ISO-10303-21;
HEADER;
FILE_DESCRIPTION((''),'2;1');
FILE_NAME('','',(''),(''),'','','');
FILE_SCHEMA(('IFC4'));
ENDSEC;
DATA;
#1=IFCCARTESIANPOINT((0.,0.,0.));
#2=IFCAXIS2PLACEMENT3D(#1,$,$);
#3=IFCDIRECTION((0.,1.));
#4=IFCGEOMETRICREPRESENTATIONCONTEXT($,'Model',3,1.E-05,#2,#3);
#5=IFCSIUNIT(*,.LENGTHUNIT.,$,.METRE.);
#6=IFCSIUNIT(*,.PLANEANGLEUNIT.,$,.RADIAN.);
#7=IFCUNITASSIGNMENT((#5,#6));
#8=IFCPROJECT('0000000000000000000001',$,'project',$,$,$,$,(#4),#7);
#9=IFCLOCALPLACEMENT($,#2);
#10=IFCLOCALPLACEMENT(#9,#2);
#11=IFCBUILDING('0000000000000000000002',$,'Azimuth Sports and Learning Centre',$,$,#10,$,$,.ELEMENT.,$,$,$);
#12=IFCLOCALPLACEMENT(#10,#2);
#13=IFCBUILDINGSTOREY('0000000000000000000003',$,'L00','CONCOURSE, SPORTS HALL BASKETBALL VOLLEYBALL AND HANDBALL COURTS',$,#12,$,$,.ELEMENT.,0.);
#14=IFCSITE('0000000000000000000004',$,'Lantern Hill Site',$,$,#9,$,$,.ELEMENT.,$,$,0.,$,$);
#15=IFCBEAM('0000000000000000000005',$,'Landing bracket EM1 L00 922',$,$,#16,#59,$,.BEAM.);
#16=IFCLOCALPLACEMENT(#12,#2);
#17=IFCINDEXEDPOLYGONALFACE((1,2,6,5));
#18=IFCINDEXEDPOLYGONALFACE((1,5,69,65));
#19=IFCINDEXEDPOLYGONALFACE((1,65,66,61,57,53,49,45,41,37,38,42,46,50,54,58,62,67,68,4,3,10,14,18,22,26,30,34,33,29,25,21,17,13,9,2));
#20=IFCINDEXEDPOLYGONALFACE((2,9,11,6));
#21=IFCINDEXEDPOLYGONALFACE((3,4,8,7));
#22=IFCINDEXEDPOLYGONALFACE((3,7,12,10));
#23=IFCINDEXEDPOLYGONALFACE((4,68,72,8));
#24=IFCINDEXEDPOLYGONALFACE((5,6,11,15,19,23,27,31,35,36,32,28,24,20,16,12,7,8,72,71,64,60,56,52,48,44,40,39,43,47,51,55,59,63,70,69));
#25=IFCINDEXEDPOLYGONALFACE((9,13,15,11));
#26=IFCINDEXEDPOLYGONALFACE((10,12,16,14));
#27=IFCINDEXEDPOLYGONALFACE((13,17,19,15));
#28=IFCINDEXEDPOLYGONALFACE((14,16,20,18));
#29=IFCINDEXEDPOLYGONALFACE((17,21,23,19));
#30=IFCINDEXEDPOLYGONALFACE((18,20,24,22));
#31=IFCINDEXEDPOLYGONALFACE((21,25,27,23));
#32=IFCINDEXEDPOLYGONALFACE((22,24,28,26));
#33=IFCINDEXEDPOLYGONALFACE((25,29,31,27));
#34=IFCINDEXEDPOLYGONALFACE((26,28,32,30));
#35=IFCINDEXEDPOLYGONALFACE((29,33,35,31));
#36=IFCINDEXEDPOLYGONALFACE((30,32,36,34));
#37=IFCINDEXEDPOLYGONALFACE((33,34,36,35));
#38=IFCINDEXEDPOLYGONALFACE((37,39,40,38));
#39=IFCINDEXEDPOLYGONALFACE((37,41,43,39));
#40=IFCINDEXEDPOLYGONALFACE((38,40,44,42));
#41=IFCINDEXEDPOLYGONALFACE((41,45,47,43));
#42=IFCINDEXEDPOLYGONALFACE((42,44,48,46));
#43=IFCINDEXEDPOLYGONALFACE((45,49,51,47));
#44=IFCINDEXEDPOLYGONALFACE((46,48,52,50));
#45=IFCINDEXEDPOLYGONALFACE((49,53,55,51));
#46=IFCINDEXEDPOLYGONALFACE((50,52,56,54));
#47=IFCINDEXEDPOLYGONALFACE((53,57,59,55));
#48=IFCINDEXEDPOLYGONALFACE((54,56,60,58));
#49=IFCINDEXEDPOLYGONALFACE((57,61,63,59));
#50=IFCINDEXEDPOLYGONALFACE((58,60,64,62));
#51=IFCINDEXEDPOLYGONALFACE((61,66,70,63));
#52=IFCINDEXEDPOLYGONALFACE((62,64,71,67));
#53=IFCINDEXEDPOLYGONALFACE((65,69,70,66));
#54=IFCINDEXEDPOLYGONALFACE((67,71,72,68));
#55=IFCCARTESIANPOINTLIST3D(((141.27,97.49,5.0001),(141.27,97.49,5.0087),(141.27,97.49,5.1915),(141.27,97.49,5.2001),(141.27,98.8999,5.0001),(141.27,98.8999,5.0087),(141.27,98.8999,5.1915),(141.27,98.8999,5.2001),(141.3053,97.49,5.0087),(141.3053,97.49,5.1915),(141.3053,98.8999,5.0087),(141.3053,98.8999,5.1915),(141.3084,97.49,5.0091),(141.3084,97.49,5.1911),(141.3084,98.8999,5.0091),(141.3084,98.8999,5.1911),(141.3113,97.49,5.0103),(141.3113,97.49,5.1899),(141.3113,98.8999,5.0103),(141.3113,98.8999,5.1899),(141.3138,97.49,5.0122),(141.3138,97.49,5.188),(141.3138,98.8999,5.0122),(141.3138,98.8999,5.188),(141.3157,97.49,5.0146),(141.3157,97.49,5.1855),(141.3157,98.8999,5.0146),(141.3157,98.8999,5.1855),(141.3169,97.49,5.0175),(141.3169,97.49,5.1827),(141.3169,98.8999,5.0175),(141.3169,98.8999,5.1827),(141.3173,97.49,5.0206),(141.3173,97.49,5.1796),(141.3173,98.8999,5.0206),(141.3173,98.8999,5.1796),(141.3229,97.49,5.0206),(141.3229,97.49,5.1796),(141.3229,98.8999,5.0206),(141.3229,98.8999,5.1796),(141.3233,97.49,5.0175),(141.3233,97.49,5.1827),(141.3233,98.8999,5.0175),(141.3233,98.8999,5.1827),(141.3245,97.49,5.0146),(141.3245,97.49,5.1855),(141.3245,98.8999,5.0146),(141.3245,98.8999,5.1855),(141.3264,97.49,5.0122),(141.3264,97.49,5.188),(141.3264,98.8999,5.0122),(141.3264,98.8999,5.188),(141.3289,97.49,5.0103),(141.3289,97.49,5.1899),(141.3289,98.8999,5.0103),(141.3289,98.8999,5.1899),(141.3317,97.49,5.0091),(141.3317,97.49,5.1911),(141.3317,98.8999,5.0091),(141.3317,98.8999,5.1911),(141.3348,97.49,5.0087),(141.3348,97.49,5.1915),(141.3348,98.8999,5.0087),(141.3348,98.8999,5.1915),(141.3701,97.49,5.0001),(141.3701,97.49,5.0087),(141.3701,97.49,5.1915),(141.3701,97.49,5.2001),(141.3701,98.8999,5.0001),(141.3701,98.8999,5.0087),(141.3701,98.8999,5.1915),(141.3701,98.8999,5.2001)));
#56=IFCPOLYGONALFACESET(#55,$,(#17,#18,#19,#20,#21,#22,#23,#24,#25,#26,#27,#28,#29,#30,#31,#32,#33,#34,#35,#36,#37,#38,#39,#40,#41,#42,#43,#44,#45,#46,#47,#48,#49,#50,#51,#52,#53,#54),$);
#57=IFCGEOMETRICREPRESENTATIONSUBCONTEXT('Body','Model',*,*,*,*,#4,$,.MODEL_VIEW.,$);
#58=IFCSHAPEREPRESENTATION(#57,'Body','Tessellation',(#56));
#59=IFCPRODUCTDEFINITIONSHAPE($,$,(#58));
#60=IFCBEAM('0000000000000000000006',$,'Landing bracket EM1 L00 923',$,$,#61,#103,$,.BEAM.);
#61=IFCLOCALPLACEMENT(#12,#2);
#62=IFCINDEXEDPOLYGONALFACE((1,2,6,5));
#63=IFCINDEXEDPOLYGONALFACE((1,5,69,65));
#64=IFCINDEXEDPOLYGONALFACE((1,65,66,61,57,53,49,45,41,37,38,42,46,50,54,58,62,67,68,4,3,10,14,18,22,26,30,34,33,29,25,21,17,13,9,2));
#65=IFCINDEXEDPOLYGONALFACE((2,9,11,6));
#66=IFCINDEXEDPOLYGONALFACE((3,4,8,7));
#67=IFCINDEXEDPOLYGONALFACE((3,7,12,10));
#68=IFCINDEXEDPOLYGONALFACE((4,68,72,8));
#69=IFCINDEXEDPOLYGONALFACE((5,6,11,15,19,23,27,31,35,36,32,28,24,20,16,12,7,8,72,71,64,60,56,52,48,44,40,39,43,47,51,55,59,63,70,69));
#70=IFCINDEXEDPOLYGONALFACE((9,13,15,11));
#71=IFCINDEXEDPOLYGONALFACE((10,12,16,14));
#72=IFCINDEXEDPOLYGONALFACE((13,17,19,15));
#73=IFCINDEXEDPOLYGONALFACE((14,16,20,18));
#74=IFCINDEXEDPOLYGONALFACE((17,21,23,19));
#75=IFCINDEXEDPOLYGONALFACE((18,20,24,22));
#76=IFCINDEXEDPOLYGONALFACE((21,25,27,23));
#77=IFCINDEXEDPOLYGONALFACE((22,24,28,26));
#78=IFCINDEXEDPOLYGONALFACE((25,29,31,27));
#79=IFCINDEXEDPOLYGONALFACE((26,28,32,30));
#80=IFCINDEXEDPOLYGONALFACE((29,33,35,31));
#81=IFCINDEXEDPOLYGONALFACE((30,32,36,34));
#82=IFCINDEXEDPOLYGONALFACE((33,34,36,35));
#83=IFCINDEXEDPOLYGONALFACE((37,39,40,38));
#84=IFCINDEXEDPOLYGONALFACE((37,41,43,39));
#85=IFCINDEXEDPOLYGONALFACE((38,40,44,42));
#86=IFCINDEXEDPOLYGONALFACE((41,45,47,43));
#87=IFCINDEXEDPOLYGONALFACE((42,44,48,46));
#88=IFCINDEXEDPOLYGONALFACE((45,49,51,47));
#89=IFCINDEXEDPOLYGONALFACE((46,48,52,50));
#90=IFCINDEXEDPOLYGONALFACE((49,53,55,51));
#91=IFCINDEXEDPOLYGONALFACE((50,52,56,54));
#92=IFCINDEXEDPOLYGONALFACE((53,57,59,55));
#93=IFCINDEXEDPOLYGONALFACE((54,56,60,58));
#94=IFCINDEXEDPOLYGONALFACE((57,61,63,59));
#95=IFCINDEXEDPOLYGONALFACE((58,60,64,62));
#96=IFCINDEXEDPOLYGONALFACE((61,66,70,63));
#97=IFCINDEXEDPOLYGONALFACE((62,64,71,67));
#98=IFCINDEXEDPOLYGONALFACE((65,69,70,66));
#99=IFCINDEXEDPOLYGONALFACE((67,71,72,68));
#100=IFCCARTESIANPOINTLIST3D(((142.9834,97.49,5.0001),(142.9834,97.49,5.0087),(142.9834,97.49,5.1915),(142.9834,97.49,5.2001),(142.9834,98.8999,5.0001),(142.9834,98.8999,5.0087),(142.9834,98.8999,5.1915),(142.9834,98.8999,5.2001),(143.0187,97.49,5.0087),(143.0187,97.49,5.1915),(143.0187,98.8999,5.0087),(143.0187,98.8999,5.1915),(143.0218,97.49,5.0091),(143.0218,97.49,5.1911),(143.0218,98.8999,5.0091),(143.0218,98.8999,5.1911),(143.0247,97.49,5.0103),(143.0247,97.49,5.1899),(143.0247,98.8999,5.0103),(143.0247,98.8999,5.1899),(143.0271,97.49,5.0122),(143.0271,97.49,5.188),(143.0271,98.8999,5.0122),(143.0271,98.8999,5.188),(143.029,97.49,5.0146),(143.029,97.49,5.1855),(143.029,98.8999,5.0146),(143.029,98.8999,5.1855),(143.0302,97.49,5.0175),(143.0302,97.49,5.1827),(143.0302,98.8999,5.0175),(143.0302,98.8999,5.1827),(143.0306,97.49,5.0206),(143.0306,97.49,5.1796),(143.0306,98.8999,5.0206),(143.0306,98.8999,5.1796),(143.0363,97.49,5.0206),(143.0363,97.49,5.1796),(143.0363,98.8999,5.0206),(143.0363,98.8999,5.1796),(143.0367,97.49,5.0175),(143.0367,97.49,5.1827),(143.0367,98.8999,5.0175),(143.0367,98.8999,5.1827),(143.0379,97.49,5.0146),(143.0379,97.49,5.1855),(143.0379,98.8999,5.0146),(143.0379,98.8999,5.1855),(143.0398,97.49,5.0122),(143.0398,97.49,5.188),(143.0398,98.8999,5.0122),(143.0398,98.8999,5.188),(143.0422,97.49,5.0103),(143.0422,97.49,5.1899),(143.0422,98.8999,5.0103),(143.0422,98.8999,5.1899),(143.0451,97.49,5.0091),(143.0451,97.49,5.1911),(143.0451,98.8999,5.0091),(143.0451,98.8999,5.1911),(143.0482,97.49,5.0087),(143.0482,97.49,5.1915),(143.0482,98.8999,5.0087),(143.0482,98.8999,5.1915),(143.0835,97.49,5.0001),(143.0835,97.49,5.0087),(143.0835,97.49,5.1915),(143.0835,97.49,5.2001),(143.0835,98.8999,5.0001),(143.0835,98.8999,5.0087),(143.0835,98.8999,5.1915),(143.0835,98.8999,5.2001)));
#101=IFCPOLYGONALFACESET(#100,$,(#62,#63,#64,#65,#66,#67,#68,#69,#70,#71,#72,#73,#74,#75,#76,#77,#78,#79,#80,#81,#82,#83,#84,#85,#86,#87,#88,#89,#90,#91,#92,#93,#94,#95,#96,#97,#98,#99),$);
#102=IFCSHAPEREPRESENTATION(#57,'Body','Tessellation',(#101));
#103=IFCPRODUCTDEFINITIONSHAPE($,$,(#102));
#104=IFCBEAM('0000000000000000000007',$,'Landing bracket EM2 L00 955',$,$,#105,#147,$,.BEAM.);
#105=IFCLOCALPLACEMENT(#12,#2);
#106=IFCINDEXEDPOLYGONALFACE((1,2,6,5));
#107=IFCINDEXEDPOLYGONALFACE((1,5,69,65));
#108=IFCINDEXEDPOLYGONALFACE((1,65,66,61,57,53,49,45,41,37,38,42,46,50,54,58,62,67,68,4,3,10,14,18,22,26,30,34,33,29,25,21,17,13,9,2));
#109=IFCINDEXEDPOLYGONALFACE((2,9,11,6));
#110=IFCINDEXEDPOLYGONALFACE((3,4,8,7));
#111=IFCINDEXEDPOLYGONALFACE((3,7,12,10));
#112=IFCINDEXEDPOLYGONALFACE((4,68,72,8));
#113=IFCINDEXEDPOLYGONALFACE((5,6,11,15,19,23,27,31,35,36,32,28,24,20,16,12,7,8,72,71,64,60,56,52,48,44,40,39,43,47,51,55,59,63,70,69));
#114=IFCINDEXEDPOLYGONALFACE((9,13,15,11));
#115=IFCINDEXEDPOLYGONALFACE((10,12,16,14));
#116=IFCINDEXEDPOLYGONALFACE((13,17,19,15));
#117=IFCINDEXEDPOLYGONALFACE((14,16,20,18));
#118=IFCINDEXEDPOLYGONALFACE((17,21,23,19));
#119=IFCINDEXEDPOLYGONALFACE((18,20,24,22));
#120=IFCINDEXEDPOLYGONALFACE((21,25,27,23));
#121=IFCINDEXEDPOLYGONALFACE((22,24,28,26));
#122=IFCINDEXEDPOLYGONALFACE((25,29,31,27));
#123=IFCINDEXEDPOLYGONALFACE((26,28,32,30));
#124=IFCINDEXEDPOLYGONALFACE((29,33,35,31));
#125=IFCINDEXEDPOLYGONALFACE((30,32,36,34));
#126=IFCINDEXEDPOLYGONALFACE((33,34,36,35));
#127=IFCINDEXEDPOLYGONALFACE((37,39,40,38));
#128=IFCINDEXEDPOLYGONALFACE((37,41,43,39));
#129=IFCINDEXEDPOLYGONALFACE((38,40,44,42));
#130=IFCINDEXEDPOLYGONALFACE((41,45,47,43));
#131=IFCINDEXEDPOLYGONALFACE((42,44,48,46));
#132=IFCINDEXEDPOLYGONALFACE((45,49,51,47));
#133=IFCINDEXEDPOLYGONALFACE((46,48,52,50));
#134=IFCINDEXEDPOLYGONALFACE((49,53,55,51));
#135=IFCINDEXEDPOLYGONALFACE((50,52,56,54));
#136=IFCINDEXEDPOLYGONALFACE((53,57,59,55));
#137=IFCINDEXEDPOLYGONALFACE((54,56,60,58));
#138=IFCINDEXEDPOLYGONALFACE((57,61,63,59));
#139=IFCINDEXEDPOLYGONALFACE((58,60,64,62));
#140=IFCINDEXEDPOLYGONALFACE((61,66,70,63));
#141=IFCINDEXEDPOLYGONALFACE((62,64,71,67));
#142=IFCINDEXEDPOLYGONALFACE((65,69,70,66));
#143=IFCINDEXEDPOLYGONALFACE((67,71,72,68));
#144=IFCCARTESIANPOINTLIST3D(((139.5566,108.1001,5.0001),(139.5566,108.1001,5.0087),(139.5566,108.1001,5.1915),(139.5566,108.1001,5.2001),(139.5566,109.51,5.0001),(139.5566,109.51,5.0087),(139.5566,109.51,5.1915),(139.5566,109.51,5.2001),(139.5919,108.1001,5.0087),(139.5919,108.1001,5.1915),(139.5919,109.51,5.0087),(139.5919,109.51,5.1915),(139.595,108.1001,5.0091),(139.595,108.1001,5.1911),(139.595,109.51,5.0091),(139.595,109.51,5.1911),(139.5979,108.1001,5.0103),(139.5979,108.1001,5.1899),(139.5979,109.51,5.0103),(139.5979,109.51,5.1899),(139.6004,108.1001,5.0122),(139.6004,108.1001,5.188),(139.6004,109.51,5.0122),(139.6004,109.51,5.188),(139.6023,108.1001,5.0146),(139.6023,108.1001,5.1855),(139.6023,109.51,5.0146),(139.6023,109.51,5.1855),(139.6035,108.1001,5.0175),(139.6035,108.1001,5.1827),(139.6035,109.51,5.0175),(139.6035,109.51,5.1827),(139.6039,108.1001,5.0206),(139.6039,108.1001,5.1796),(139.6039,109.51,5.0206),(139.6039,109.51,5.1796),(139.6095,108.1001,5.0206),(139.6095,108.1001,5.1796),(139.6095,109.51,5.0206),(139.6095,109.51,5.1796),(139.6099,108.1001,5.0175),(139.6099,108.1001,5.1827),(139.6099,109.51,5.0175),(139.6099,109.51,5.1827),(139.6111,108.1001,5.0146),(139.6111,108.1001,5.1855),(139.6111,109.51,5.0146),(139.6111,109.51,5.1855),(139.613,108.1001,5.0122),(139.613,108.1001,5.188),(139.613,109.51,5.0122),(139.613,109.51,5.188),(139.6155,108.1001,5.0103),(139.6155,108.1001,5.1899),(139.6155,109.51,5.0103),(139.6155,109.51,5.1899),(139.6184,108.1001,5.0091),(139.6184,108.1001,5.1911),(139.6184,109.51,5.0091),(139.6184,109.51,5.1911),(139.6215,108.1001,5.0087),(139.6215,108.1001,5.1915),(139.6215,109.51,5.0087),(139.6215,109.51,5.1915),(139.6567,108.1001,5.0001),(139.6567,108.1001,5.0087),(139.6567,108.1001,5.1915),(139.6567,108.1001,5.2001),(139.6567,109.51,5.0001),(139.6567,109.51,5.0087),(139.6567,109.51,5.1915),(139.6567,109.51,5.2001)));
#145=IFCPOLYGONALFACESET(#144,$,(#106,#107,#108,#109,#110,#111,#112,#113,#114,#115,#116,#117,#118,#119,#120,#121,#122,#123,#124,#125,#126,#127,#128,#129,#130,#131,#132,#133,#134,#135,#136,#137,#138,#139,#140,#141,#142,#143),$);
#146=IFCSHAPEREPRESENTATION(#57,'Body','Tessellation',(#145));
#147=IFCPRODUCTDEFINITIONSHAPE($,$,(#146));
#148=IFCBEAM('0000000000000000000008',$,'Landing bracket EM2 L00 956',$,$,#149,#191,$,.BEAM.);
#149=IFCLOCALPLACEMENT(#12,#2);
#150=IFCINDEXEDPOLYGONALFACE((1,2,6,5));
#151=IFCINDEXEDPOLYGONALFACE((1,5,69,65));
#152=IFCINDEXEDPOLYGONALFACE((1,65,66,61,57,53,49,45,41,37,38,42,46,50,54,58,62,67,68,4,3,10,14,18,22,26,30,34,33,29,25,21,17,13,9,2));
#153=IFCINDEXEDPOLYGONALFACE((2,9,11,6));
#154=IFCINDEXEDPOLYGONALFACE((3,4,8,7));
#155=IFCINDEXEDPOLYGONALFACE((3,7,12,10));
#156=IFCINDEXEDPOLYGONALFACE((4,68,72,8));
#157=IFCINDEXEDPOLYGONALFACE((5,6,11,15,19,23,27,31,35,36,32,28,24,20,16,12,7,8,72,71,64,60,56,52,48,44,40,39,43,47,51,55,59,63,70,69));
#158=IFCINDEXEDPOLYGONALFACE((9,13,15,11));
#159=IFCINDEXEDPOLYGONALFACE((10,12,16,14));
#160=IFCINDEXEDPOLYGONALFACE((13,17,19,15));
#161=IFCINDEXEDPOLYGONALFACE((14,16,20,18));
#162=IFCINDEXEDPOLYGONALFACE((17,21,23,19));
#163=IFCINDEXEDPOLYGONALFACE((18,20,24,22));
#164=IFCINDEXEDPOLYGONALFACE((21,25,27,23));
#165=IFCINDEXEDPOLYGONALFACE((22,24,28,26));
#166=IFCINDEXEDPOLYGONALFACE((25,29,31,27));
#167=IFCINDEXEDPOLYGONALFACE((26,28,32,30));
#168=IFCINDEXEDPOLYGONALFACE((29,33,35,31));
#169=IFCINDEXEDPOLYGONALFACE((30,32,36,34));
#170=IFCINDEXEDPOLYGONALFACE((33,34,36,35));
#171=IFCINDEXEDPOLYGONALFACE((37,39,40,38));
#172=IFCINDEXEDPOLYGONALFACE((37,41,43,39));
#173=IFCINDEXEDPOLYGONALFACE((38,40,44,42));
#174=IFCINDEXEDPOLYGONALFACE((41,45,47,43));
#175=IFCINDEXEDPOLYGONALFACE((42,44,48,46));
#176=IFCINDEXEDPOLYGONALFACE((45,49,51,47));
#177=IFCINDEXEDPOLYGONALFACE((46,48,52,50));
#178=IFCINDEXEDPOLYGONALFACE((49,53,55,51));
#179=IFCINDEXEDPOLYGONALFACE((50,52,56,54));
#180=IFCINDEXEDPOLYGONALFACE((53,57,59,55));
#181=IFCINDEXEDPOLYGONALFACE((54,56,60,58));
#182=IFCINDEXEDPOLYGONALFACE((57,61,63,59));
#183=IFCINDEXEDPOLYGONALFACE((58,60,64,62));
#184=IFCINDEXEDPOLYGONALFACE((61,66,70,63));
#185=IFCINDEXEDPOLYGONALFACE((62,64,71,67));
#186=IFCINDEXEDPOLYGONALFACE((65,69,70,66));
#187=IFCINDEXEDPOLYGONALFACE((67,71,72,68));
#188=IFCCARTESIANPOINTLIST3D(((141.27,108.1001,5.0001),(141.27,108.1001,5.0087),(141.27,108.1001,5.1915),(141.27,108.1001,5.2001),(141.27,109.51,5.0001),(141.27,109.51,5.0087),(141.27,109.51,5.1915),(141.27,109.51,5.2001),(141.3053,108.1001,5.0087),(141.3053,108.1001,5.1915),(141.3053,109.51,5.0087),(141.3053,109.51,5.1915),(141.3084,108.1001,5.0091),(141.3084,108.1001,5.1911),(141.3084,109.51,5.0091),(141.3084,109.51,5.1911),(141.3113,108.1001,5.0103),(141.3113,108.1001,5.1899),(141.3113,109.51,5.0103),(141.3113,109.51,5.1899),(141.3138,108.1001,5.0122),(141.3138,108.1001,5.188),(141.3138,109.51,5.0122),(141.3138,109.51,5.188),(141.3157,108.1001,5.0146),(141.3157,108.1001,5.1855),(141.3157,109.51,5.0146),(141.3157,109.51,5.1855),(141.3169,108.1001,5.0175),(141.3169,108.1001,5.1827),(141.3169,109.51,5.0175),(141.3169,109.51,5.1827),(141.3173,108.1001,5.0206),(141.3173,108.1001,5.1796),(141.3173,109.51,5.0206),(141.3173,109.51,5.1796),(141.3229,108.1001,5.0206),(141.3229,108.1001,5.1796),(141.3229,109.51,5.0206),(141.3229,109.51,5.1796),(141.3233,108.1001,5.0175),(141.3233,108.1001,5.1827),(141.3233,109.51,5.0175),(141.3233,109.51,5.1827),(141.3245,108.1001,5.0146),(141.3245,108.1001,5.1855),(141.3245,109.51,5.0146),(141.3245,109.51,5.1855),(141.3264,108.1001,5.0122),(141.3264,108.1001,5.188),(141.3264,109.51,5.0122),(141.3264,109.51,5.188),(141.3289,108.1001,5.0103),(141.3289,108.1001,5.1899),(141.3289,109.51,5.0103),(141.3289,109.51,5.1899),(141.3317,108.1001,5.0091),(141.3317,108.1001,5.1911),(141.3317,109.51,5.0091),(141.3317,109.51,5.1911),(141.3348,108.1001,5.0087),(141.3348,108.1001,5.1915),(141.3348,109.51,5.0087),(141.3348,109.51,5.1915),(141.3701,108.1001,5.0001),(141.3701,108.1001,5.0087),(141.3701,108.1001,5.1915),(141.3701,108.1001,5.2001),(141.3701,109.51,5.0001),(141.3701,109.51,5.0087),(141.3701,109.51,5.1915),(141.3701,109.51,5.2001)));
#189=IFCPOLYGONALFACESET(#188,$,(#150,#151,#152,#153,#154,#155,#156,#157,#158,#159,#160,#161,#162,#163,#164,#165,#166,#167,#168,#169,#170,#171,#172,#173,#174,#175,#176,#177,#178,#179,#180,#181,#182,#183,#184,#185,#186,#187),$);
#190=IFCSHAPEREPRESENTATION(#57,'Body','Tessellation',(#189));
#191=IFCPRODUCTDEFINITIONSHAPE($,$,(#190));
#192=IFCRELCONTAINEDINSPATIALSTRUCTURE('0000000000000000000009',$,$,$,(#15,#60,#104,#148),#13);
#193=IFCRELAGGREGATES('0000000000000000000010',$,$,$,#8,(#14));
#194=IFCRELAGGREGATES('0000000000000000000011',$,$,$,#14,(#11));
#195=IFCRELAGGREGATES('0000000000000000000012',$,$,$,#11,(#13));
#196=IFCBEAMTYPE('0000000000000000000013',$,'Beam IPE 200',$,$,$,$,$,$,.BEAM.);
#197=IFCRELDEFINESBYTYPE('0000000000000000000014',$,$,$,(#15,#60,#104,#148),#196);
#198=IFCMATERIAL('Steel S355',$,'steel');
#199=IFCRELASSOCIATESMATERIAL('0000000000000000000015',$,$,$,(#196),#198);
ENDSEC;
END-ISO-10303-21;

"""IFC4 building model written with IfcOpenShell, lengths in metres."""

from ifc_helpers import new_model, si_unit, direction, frame, origin, origin_2d, place, context, subcontext, project, spatial, i_section, extrude, material, material_profile, profile_set, type_object, element, save


model = new_model("IFC4")

# Units and contexts
model_context = context("Model", 3, precision=1e-05, world=origin(), true_north=direction((0.0, 1.0)))
body_context = subcontext(model_context, "Body", "Model", "MODEL_VIEW")
ifc_project = project(units=[si_unit("LENGTHUNIT", "METRE"), si_unit("PLANEANGLEUNIT", "RADIAN")], contexts=[model_context])

# Site, building, storey
site_placement = place(None, origin())
site = spatial("IfcSite", under=ifc_project, at=site_placement, Name="Lantern Hill Site", CompositionType="ELEMENT", RefElevation=0.0)
building_placement = place(site_placement, origin())
building = spatial("IfcBuilding", under=site, at=building_placement, Name="Azimuth Sports and Learning Centre", CompositionType="ELEMENT")
storey_placement = place(building_placement, origin())
storey = spatial("IfcBuildingStorey", under=building, at=storey_placement, Name="L00", Description="CONCOURSE, SPORTS HALL BASKETBALL VOLLEYBALL AND HANDBALL COURTS", CompositionType="ELEMENT", Elevation=0.0)

# Beams
ifc_material_1 = material(Name="Steel S355", Category="steel")
ifc_material_profile_1 = material_profile(ifc_material_1, i_section(OverallWidth=0.1001, OverallDepth=0.2, WebThickness=0.0056, FlangeThickness=0.0085, FilletRadius=0.012, at=origin_2d()), Name="IPE 200")
ifc_profile_set_1 = profile_set([ifc_material_profile_1], Name="Steel S355")
beam_type = type_object("IfcBeamType", Name="Beam IPE 200", PredefinedType="BEAM", material=ifc_profile_set_1)
for number, where, z_axis, x_axis, name in (
    (1, (141.3201, 98.8999, 5.1001), (0.0, -1.0, 0.0), (1.0, 0.0, 0.0), "Landing bracket EM1 L00 922"),
    (2, (143.0334, 98.8999, 5.1001), (0.0, -1.0, 0.0), (1.0, 0.0, 0.0), "Landing bracket EM1 L00 923"),
    (3, (139.6067, 108.1001, 5.1001), (0.0, 1.0, 0.0), (-1.0, 0.0, 0.0), "Landing bracket EM2 L00 955"),
    (4, (141.3201, 108.1001, 5.1001), (0.0, 1.0, 0.0), (-1.0, 0.0, 0.0), "Landing bracket EM2 L00 956"),
):
    element("IfcBeam", number, at=place(storey_placement, frame(where, z_axis=z_axis, x_axis=x_axis)), inside=storey, type_object=beam_type, Name=name, PredefinedType="BEAM", context=body_context, shape_type="SweptSolid", body=[
        extrude(i_section(OverallWidth=0.1001, OverallDepth=0.2, WebThickness=0.0056, FlangeThickness=0.0085, FilletRadius=0.012, at=origin_2d()), origin(), (0.0, 0.0, 1.0), 1.4099),
    ])

save(model, "model.ifc")
